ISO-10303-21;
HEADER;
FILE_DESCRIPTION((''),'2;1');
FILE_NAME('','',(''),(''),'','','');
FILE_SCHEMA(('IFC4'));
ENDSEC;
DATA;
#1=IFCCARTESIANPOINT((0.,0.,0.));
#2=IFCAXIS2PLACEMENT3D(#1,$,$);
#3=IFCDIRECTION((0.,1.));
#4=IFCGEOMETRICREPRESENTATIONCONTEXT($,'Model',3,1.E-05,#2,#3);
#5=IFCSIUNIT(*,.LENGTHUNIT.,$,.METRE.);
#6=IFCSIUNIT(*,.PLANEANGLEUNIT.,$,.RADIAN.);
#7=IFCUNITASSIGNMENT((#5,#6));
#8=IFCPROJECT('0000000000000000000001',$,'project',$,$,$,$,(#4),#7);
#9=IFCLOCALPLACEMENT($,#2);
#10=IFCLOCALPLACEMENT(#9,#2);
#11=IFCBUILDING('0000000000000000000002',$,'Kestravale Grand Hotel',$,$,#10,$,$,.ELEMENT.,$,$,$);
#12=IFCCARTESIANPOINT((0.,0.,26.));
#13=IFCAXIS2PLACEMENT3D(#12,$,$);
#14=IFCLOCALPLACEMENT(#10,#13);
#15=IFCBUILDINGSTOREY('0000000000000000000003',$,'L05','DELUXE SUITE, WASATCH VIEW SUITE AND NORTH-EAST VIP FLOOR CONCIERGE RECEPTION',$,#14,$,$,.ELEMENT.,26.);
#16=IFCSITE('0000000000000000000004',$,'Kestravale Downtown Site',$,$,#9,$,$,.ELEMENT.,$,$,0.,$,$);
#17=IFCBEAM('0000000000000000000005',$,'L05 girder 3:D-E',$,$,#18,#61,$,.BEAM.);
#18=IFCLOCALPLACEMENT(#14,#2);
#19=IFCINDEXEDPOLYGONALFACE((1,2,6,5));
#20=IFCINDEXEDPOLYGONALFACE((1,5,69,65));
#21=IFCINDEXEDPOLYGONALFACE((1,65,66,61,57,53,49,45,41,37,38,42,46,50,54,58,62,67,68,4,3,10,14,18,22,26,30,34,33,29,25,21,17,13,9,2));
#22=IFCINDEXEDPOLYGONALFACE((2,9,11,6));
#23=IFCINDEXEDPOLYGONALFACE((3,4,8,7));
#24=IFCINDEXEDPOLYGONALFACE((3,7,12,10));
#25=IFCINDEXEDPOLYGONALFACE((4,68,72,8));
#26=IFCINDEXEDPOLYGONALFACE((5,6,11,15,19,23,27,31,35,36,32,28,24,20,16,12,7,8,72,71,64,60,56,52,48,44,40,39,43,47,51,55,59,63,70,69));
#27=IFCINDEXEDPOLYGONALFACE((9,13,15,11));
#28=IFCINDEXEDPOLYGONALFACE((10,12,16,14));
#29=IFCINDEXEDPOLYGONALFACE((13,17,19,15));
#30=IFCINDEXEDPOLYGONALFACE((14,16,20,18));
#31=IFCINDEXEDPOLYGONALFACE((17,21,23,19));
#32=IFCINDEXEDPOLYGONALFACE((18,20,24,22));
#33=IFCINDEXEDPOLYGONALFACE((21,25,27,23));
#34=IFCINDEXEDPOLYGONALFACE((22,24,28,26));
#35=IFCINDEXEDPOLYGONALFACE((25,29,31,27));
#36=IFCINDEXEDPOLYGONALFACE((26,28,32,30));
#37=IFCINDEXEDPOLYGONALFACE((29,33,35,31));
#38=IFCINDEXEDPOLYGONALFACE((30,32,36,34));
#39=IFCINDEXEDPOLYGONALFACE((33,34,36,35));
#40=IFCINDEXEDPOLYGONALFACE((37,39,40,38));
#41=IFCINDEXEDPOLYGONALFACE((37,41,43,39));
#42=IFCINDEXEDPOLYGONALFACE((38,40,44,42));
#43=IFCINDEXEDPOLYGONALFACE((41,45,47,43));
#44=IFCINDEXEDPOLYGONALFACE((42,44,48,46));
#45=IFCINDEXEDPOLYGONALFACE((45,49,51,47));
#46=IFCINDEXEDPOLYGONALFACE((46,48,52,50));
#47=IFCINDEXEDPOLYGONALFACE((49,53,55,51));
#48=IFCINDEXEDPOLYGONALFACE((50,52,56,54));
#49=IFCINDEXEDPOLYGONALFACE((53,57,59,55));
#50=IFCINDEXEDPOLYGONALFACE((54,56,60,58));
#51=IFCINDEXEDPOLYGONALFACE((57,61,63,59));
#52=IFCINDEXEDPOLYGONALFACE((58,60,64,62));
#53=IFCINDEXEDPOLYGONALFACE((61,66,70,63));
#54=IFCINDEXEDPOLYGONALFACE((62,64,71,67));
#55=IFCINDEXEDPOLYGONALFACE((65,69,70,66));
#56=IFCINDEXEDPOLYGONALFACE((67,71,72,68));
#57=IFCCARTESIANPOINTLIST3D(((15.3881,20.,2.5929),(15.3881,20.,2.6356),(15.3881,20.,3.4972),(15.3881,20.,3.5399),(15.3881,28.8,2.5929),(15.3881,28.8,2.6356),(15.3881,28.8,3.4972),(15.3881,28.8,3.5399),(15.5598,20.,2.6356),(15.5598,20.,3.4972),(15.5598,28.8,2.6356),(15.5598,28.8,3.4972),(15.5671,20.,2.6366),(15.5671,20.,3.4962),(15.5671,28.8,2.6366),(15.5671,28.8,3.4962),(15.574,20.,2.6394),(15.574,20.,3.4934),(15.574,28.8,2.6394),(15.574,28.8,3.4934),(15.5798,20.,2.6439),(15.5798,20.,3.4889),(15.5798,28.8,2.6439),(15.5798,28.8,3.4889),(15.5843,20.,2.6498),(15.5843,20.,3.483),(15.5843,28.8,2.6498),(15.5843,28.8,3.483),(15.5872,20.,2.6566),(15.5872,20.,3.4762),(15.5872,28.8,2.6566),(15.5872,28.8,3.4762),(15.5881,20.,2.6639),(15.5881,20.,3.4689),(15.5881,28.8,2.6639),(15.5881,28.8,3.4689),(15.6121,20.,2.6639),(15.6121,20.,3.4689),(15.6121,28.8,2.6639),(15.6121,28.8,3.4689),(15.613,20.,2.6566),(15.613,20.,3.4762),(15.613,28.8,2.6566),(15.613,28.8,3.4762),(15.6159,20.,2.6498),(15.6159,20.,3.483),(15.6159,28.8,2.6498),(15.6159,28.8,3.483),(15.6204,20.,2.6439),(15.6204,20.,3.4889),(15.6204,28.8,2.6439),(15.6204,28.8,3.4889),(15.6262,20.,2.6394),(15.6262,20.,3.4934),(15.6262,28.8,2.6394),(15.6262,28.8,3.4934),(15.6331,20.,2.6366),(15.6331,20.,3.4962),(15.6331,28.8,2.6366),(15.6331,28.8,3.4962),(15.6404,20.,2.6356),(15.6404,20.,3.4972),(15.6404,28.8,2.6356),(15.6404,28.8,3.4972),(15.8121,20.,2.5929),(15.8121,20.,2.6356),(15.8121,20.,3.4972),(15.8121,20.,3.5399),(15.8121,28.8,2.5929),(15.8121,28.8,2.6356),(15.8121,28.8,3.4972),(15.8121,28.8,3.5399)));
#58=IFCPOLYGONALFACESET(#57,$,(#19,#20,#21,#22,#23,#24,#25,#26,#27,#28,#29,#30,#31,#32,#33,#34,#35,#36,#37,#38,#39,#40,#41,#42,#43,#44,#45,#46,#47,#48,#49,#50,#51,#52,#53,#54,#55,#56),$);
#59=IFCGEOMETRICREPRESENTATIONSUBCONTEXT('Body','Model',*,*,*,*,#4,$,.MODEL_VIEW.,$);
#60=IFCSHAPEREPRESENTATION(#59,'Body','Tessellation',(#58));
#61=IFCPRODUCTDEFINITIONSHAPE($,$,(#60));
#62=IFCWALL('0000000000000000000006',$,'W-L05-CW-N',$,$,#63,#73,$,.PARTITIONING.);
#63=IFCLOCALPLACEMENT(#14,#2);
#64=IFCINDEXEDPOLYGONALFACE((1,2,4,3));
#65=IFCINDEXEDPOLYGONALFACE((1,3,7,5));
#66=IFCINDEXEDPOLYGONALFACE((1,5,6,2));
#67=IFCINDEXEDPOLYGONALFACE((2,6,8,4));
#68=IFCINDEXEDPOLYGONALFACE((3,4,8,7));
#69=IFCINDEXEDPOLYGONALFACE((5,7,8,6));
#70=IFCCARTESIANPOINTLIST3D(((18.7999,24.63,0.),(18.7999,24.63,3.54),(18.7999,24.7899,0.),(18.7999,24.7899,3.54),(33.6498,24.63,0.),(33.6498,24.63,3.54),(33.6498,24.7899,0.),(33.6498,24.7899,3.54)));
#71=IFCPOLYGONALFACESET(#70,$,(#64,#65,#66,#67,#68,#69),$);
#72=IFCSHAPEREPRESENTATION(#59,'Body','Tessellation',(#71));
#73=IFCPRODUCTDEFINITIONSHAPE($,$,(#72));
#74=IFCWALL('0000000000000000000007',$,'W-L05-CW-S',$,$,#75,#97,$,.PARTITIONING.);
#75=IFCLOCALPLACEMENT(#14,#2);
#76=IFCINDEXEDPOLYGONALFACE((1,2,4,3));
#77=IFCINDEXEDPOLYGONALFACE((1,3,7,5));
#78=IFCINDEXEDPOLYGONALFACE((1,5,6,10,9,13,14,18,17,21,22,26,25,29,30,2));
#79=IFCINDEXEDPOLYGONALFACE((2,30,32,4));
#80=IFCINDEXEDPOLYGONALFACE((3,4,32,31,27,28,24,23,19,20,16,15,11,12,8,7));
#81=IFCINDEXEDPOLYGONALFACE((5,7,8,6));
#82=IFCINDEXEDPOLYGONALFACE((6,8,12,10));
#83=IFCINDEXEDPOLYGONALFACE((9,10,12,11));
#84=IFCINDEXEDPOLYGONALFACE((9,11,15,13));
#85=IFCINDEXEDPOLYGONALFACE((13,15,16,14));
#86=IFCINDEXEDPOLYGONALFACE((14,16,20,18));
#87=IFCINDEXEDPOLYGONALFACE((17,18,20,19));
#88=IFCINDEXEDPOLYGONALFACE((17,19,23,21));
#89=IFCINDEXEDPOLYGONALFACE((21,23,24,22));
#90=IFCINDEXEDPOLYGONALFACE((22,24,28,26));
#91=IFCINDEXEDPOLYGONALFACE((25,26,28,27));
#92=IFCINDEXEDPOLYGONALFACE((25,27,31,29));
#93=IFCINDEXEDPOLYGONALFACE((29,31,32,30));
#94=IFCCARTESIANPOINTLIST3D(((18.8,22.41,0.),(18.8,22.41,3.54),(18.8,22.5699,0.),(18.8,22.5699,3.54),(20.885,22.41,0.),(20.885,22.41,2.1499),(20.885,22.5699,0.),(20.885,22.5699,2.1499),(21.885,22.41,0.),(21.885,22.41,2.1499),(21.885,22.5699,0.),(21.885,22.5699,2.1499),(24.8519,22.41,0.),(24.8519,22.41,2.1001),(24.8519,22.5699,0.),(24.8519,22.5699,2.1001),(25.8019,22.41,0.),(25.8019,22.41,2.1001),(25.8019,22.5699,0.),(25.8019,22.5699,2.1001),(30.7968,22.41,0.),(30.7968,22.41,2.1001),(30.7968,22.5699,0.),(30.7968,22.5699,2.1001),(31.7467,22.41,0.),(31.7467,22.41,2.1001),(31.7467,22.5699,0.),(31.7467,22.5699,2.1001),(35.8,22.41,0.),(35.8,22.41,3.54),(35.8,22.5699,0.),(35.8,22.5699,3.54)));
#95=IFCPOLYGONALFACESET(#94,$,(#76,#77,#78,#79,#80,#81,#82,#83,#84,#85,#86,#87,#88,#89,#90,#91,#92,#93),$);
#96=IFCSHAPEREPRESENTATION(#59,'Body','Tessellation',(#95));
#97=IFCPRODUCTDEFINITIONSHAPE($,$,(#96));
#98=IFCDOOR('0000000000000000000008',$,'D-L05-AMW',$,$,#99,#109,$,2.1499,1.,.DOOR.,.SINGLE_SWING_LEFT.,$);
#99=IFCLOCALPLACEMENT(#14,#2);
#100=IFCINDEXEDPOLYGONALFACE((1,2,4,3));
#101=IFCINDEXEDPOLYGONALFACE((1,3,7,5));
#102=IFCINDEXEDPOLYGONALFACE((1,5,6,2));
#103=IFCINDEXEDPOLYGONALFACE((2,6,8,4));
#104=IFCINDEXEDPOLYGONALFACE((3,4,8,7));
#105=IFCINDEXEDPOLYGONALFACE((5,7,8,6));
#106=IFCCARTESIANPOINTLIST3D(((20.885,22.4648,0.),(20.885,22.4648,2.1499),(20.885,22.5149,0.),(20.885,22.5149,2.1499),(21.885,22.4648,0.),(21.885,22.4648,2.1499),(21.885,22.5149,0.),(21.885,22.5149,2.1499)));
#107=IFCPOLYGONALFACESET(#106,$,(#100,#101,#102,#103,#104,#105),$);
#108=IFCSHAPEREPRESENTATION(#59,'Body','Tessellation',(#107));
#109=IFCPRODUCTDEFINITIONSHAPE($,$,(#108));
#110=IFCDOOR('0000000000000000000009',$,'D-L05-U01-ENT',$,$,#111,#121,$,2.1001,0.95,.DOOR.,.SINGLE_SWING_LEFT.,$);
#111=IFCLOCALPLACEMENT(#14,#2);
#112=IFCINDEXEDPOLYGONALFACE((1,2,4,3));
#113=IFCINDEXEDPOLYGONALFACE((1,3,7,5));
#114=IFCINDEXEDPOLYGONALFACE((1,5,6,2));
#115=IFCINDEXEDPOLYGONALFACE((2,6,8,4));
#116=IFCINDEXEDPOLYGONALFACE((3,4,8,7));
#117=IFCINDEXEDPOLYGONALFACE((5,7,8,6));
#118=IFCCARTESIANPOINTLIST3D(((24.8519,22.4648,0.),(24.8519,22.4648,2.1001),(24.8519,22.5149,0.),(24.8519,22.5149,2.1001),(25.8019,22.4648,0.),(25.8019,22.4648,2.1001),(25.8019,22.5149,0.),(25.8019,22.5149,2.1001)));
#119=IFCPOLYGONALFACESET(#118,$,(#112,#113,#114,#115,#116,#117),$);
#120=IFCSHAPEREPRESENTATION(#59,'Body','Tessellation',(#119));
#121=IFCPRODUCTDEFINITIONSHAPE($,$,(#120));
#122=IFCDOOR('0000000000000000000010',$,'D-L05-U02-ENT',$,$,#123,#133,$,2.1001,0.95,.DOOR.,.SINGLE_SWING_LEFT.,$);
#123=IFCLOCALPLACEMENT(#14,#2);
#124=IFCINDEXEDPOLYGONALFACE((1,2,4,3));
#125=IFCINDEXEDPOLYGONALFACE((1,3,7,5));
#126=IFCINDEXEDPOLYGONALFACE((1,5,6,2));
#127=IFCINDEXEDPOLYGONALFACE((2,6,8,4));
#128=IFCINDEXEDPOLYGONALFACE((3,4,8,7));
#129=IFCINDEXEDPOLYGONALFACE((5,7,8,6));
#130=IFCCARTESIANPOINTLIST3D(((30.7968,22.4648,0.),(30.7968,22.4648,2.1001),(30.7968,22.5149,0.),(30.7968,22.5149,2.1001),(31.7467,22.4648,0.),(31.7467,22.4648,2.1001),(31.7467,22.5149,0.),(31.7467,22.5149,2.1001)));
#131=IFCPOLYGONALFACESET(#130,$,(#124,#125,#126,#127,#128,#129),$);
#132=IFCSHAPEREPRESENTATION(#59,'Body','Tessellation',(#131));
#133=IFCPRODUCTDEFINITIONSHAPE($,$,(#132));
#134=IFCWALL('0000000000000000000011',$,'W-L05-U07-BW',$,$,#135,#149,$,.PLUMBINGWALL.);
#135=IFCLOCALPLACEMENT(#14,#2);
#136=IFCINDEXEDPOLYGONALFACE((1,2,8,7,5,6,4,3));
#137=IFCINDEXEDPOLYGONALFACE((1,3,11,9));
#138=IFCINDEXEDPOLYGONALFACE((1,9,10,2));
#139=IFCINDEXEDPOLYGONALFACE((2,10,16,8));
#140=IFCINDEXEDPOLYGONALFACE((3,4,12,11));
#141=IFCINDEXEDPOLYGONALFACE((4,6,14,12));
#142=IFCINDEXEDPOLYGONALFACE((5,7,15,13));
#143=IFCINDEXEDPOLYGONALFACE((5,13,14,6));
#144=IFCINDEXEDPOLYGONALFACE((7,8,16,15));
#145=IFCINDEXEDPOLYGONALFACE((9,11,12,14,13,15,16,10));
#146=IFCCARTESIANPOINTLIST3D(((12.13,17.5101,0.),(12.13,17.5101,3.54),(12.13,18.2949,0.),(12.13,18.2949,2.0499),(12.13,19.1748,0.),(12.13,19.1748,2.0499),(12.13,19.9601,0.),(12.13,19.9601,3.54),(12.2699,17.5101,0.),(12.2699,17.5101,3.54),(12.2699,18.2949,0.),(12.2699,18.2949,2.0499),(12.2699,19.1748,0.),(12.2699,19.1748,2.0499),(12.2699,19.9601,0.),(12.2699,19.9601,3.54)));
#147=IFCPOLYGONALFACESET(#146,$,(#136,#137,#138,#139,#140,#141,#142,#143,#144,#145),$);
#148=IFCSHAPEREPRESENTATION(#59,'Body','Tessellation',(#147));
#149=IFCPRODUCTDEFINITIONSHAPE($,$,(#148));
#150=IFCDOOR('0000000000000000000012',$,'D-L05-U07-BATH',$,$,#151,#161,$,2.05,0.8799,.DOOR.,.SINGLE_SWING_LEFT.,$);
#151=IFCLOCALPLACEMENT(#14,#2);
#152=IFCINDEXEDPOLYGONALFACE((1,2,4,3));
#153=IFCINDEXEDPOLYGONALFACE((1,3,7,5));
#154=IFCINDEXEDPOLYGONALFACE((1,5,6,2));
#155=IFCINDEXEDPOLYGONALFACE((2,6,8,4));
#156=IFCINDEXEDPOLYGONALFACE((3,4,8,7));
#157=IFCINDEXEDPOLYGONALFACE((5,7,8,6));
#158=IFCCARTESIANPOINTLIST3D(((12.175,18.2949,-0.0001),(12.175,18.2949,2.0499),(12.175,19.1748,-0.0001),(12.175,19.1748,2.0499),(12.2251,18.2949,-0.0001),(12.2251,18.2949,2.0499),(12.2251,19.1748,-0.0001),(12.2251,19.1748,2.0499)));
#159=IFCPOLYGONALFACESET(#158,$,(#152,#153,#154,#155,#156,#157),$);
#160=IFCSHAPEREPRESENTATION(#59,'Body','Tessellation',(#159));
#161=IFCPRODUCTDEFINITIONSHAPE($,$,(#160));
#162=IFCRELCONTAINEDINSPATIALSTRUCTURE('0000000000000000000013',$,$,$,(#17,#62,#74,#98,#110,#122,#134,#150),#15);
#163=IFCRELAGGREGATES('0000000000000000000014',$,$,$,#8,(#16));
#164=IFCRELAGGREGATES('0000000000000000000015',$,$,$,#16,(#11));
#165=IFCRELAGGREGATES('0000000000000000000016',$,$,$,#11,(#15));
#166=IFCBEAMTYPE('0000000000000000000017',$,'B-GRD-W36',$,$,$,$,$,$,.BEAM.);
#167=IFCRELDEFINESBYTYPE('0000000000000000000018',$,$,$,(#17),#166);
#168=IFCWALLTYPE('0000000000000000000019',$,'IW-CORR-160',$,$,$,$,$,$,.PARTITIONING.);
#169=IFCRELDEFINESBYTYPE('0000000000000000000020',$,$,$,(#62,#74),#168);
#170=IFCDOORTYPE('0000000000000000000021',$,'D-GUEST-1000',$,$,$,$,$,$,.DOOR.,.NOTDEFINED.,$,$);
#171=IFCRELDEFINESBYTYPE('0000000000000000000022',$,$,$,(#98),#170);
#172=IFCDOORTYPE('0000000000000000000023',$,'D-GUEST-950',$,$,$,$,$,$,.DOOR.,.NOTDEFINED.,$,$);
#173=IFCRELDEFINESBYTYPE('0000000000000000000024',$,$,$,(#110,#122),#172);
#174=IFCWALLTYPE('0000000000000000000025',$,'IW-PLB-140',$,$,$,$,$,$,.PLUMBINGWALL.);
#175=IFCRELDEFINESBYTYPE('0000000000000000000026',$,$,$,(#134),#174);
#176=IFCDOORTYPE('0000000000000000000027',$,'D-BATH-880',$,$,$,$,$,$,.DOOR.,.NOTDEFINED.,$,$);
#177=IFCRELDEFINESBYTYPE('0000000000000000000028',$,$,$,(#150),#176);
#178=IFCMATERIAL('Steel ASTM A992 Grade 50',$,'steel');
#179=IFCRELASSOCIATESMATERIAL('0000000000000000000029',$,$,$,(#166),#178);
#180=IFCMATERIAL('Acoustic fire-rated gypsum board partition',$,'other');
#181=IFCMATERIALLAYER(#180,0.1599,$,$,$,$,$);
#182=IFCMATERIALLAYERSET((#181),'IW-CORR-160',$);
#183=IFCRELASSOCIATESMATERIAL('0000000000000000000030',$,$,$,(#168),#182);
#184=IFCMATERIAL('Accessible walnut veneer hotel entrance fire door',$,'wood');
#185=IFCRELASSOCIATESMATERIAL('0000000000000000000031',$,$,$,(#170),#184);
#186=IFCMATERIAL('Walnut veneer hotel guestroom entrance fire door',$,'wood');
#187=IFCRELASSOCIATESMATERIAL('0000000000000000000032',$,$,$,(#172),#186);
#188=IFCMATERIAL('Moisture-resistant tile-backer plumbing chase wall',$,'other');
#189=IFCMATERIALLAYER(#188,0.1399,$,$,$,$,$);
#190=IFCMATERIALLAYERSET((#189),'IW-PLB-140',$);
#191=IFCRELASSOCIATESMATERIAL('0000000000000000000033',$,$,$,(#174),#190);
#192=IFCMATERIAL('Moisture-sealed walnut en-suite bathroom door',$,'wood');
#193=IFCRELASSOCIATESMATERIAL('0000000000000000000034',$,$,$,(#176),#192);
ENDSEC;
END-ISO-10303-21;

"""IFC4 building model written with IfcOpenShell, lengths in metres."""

from ifc_helpers import new_model, si_unit, direction, frame, frame_2d, origin, origin_2d, place, context, subcontext, project, spatial, rectangle, i_section, extrude, material, layer, layer_set, material_profile, profile_set, type_object, element, fill, save


model = new_model("IFC4")

# Units and contexts
model_context = context("Model", 3, precision=1e-05, world=origin(), true_north=direction((0.0, 1.0)))
body_context = subcontext(model_context, "Body", "Model", "MODEL_VIEW")
ifc_project = project(units=[si_unit("LENGTHUNIT", "METRE"), si_unit("PLANEANGLEUNIT", "RADIAN")], contexts=[model_context])

# Site, building, storey
site_placement = place(None, origin())
site = spatial("IfcSite", under=ifc_project, at=site_placement, Name="Kestravale Downtown Site", CompositionType="ELEMENT", RefElevation=0.0)
building_placement = place(site_placement, origin())
building = spatial("IfcBuilding", under=site, at=building_placement, Name="Kestravale Grand Hotel", CompositionType="ELEMENT")
storey_placement = place(building_placement, frame((0.0, 0.0, 26.0)))
storey = spatial("IfcBuildingStorey", under=building, at=storey_placement, Name="L05", Description="DELUXE SUITE, WASATCH VIEW SUITE AND NORTH-EAST VIP FLOOR CONCIERGE RECEPTION", CompositionType="ELEMENT", Elevation=26.0)

# Beam
ifc_material_1 = material(Name="Steel ASTM A992 Grade 50", Category="steel")
ifc_material_profile_1 = material_profile(ifc_material_1, i_section(OverallWidth=0.4241, OverallDepth=0.947, WebThickness=0.0239, FlangeThickness=0.0427, FilletRadius=0.0283, at=origin_2d()))
ifc_profile_set_1 = profile_set([ifc_material_profile_1], Name="Steel ASTM A992 Grade 50")
beam_type_1 = type_object("IfcBeamType", Name="B-GRD-W36", PredefinedType="BEAM", material=ifc_profile_set_1)
for number, where, z_axis, x_axis, name in (
    (1, (15.6001, 20.0, 3.0664), (0.0, 1.0, 0.0), (-1.0, 0.0, 0.0), "L05 girder 3:D-E"),
):
    element("IfcBeam", number, at=place(storey_placement, frame(where, z_axis=z_axis, x_axis=x_axis)), inside=storey, type_object=beam_type_1, Name=name, PredefinedType="BEAM", context=body_context, shape_type="SweptSolid", body=[
        extrude(i_section(OverallWidth=0.4241, OverallDepth=0.947, WebThickness=0.0239, FlangeThickness=0.0427, FilletRadius=0.0283, at=origin_2d()), origin(), (0.0, 0.0, 1.0), 8.8),
    ])

# Wall
ifc_material_2 = material(Name="Acoustic fire-rated gypsum board partition", Category="other")
ifc_layer_1 = layer(ifc_material_2, 0.1599)
ifc_layer_set_1 = layer_set([ifc_layer_1], Name="IW-CORR-160")
wall_type_1 = type_object("IfcWallType", Name="IW-CORR-160", PredefinedType="PARTITIONING", material=ifc_layer_set_1)
wall_1_placement = place(storey_placement, frame((18.8, 24.71, 0.0), z_axis=(0.0, 0.0, 1.0), x_axis=(1.0, 0.0, 0.0)))
element("IfcWall", 2, at=wall_1_placement, inside=storey, type_object=wall_type_1, Name="W-L05-CW-N", PredefinedType="PARTITIONING", context=body_context, shape_type="SweptSolid", body=[
    extrude(rectangle(XDim=14.8499, YDim=0.1599, at=frame_2d((7.4248, 0.0))), origin(), (0.0, 0.0, 1.0), 3.54),
])

# Wall, openings, doors
wall_2_placement = place(storey_placement, frame((18.8, 22.49, 0.0), z_axis=(0.0, 0.0, 1.0), x_axis=(1.0, 0.0, 0.0)))
wall_2 = element("IfcWall", 3, at=wall_2_placement, inside=storey, type_object=wall_type_1, Name="W-L05-CW-S", PredefinedType="PARTITIONING", context=body_context, shape_type="SweptSolid", body=[
    extrude(rectangle(XDim=17.0, YDim=0.1599, at=frame_2d((8.5, 0.0))), origin(), (0.0, 0.0, 1.0), 3.54),
])
opening_1_placement = place(wall_2_placement, frame((2.085, 0.0, 0.0)))
opening_1 = element("IfcOpeningElement", 4, at=opening_1_placement, cuts=wall_2, PredefinedType="OPENING", context=body_context, shape_type="SweptSolid", body=[
    extrude(rectangle(XDim=1.0, YDim=2.1499, at=frame_2d((0.5, 1.075))), frame((0.0, 0.0898, 0.0), z_axis=(0.0, -1.0, 0.0), x_axis=(1.0, 0.0, 0.0)), (0.0, 0.0, 1.0), 0.1799),
])
opening_2_placement = place(wall_2_placement, frame((6.0518, 0.0, 0.0)))
opening_2 = element("IfcOpeningElement", 5, at=opening_2_placement, cuts=wall_2, PredefinedType="OPENING", context=body_context, shape_type="SweptSolid", body=[
    extrude(rectangle(XDim=0.95, YDim=2.1001, at=frame_2d((0.4751, 1.05))), frame((0.0, 0.0898, 0.0), z_axis=(0.0, -1.0, 0.0), x_axis=(1.0, 0.0, 0.0)), (0.0, 0.0, 1.0), 0.1799),
])
opening_3_placement = place(wall_2_placement, frame((11.9966, 0.0, 0.0)))
opening_3 = element("IfcOpeningElement", 6, at=opening_3_placement, cuts=wall_2, PredefinedType="OPENING", context=body_context, shape_type="SweptSolid", body=[
    extrude(rectangle(XDim=0.95, YDim=2.1001, at=frame_2d((0.4751, 1.05))), frame((0.0, 0.0898, 0.0), z_axis=(0.0, -1.0, 0.0), x_axis=(1.0, 0.0, 0.0)), (0.0, 0.0, 1.0), 0.1799),
])
ifc_material_3 = material(Name="Accessible walnut veneer hotel entrance fire door", Category="wood")
door_type_1 = type_object("IfcDoorType", Name="D-GUEST-1000", OperationType="NOTDEFINED", PredefinedType="DOOR", material=ifc_material_3)
door_1_placement = place(opening_1_placement, origin())
door_1 = element("IfcDoor", 7, at=door_1_placement, inside=storey, type_object=door_type_1, Name="D-L05-AMW", OperationType="SINGLE_SWING_LEFT", OverallHeight=2.1499, OverallWidth=1.0, PredefinedType="DOOR", context=body_context, shape_type="SweptSolid", body=[
    extrude(rectangle(XDim=1.0, YDim=2.1499, at=frame_2d((0.5, 1.075))), frame((0.0, 0.0249, 0.0), z_axis=(0.0, -1.0, 0.0), x_axis=(1.0, 0.0, 0.0)), (0.0, 0.0, 1.0), 0.05),
])
fill(opening_1, door_1)
ifc_material_4 = material(Name="Walnut veneer hotel guestroom entrance fire door", Category="wood")
door_type_2 = type_object("IfcDoorType", Name="D-GUEST-950", OperationType="NOTDEFINED", PredefinedType="DOOR", material=ifc_material_4)
door_2_placement = place(opening_2_placement, origin())
door_2 = element("IfcDoor", 8, at=door_2_placement, inside=storey, type_object=door_type_2, Name="D-L05-U01-ENT", OperationType="SINGLE_SWING_LEFT", OverallHeight=2.1001, OverallWidth=0.95, PredefinedType="DOOR", context=body_context, shape_type="SweptSolid", body=[
    extrude(rectangle(XDim=0.95, YDim=2.1001, at=frame_2d((0.4751, 1.05))), frame((0.0, 0.0249, 0.0), z_axis=(0.0, -1.0, 0.0), x_axis=(1.0, 0.0, 0.0)), (0.0, 0.0, 1.0), 0.05),
])
fill(opening_2, door_2)
door_3_placement = place(opening_3_placement, origin())
door_3 = element("IfcDoor", 9, at=door_3_placement, inside=storey, type_object=door_type_2, Name="D-L05-U02-ENT", OperationType="SINGLE_SWING_LEFT", OverallHeight=2.1001, OverallWidth=0.95, PredefinedType="DOOR", context=body_context, shape_type="SweptSolid", body=[
    extrude(rectangle(XDim=0.95, YDim=2.1001, at=frame_2d((0.4751, 1.05))), frame((0.0, 0.0249, 0.0), z_axis=(0.0, -1.0, 0.0), x_axis=(1.0, 0.0, 0.0)), (0.0, 0.0, 1.0), 0.05),
])
fill(opening_3, door_3)

# Wall, opening, door
ifc_material_5 = material(Name="Moisture-resistant tile-backer plumbing chase wall", Category="other")
ifc_layer_2 = layer(ifc_material_5, 0.1399)
ifc_layer_set_2 = layer_set([ifc_layer_2], Name="IW-PLB-140")
wall_type_2 = type_object("IfcWallType", Name="IW-PLB-140", PredefinedType="PLUMBINGWALL", material=ifc_layer_set_2)
wall_3_placement = place(storey_placement, frame((12.2, 17.51, 0.0), z_axis=(0.0, 0.0, 1.0), x_axis=(0.0, 1.0, 0.0)))
wall_3 = element("IfcWall", 10, at=wall_3_placement, inside=storey, type_object=wall_type_2, Name="W-L05-U07-BW", PredefinedType="PLUMBINGWALL", context=body_context, shape_type="SweptSolid", body=[
    extrude(rectangle(XDim=2.45, YDim=0.1399, at=frame_2d((1.2251, 0.0))), origin(), (0.0, 0.0, 1.0), 3.54),
])
opening_4_placement = place(wall_3_placement, frame((0.7849, 0.0, 0.0)))
opening_4 = element("IfcOpeningElement", 11, at=opening_4_placement, cuts=wall_3, PredefinedType="OPENING", context=body_context, shape_type="SweptSolid", body=[
    extrude(rectangle(XDim=0.8799, YDim=2.05, at=frame_2d((0.4399, 1.0249))), frame((0.0, 0.0798, 0.0), z_axis=(0.0, -1.0, 0.0), x_axis=(1.0, 0.0, 0.0)), (0.0, 0.0, 1.0), 0.1599),
])
ifc_material_6 = material(Name="Moisture-sealed walnut en-suite bathroom door", Category="wood")
door_type_3 = type_object("IfcDoorType", Name="D-BATH-880", OperationType="NOTDEFINED", PredefinedType="DOOR", material=ifc_material_6)
door_4_placement = place(opening_4_placement, origin())
door_4 = element("IfcDoor", 12, at=door_4_placement, inside=storey, type_object=door_type_3, Name="D-L05-U07-BATH", OperationType="SINGLE_SWING_LEFT", OverallHeight=2.05, OverallWidth=0.8799, PredefinedType="DOOR", context=body_context, shape_type="SweptSolid", body=[
    extrude(rectangle(XDim=0.8799, YDim=2.05, at=frame_2d((0.4399, 1.0249))), frame((0.0, 0.0249, 0.0), z_axis=(0.0, -1.0, 0.0), x_axis=(1.0, 0.0, 0.0)), (0.0, 0.0, 1.0), 0.05),
])
fill(opening_4, door_4)

save(model, "model.ifc")
